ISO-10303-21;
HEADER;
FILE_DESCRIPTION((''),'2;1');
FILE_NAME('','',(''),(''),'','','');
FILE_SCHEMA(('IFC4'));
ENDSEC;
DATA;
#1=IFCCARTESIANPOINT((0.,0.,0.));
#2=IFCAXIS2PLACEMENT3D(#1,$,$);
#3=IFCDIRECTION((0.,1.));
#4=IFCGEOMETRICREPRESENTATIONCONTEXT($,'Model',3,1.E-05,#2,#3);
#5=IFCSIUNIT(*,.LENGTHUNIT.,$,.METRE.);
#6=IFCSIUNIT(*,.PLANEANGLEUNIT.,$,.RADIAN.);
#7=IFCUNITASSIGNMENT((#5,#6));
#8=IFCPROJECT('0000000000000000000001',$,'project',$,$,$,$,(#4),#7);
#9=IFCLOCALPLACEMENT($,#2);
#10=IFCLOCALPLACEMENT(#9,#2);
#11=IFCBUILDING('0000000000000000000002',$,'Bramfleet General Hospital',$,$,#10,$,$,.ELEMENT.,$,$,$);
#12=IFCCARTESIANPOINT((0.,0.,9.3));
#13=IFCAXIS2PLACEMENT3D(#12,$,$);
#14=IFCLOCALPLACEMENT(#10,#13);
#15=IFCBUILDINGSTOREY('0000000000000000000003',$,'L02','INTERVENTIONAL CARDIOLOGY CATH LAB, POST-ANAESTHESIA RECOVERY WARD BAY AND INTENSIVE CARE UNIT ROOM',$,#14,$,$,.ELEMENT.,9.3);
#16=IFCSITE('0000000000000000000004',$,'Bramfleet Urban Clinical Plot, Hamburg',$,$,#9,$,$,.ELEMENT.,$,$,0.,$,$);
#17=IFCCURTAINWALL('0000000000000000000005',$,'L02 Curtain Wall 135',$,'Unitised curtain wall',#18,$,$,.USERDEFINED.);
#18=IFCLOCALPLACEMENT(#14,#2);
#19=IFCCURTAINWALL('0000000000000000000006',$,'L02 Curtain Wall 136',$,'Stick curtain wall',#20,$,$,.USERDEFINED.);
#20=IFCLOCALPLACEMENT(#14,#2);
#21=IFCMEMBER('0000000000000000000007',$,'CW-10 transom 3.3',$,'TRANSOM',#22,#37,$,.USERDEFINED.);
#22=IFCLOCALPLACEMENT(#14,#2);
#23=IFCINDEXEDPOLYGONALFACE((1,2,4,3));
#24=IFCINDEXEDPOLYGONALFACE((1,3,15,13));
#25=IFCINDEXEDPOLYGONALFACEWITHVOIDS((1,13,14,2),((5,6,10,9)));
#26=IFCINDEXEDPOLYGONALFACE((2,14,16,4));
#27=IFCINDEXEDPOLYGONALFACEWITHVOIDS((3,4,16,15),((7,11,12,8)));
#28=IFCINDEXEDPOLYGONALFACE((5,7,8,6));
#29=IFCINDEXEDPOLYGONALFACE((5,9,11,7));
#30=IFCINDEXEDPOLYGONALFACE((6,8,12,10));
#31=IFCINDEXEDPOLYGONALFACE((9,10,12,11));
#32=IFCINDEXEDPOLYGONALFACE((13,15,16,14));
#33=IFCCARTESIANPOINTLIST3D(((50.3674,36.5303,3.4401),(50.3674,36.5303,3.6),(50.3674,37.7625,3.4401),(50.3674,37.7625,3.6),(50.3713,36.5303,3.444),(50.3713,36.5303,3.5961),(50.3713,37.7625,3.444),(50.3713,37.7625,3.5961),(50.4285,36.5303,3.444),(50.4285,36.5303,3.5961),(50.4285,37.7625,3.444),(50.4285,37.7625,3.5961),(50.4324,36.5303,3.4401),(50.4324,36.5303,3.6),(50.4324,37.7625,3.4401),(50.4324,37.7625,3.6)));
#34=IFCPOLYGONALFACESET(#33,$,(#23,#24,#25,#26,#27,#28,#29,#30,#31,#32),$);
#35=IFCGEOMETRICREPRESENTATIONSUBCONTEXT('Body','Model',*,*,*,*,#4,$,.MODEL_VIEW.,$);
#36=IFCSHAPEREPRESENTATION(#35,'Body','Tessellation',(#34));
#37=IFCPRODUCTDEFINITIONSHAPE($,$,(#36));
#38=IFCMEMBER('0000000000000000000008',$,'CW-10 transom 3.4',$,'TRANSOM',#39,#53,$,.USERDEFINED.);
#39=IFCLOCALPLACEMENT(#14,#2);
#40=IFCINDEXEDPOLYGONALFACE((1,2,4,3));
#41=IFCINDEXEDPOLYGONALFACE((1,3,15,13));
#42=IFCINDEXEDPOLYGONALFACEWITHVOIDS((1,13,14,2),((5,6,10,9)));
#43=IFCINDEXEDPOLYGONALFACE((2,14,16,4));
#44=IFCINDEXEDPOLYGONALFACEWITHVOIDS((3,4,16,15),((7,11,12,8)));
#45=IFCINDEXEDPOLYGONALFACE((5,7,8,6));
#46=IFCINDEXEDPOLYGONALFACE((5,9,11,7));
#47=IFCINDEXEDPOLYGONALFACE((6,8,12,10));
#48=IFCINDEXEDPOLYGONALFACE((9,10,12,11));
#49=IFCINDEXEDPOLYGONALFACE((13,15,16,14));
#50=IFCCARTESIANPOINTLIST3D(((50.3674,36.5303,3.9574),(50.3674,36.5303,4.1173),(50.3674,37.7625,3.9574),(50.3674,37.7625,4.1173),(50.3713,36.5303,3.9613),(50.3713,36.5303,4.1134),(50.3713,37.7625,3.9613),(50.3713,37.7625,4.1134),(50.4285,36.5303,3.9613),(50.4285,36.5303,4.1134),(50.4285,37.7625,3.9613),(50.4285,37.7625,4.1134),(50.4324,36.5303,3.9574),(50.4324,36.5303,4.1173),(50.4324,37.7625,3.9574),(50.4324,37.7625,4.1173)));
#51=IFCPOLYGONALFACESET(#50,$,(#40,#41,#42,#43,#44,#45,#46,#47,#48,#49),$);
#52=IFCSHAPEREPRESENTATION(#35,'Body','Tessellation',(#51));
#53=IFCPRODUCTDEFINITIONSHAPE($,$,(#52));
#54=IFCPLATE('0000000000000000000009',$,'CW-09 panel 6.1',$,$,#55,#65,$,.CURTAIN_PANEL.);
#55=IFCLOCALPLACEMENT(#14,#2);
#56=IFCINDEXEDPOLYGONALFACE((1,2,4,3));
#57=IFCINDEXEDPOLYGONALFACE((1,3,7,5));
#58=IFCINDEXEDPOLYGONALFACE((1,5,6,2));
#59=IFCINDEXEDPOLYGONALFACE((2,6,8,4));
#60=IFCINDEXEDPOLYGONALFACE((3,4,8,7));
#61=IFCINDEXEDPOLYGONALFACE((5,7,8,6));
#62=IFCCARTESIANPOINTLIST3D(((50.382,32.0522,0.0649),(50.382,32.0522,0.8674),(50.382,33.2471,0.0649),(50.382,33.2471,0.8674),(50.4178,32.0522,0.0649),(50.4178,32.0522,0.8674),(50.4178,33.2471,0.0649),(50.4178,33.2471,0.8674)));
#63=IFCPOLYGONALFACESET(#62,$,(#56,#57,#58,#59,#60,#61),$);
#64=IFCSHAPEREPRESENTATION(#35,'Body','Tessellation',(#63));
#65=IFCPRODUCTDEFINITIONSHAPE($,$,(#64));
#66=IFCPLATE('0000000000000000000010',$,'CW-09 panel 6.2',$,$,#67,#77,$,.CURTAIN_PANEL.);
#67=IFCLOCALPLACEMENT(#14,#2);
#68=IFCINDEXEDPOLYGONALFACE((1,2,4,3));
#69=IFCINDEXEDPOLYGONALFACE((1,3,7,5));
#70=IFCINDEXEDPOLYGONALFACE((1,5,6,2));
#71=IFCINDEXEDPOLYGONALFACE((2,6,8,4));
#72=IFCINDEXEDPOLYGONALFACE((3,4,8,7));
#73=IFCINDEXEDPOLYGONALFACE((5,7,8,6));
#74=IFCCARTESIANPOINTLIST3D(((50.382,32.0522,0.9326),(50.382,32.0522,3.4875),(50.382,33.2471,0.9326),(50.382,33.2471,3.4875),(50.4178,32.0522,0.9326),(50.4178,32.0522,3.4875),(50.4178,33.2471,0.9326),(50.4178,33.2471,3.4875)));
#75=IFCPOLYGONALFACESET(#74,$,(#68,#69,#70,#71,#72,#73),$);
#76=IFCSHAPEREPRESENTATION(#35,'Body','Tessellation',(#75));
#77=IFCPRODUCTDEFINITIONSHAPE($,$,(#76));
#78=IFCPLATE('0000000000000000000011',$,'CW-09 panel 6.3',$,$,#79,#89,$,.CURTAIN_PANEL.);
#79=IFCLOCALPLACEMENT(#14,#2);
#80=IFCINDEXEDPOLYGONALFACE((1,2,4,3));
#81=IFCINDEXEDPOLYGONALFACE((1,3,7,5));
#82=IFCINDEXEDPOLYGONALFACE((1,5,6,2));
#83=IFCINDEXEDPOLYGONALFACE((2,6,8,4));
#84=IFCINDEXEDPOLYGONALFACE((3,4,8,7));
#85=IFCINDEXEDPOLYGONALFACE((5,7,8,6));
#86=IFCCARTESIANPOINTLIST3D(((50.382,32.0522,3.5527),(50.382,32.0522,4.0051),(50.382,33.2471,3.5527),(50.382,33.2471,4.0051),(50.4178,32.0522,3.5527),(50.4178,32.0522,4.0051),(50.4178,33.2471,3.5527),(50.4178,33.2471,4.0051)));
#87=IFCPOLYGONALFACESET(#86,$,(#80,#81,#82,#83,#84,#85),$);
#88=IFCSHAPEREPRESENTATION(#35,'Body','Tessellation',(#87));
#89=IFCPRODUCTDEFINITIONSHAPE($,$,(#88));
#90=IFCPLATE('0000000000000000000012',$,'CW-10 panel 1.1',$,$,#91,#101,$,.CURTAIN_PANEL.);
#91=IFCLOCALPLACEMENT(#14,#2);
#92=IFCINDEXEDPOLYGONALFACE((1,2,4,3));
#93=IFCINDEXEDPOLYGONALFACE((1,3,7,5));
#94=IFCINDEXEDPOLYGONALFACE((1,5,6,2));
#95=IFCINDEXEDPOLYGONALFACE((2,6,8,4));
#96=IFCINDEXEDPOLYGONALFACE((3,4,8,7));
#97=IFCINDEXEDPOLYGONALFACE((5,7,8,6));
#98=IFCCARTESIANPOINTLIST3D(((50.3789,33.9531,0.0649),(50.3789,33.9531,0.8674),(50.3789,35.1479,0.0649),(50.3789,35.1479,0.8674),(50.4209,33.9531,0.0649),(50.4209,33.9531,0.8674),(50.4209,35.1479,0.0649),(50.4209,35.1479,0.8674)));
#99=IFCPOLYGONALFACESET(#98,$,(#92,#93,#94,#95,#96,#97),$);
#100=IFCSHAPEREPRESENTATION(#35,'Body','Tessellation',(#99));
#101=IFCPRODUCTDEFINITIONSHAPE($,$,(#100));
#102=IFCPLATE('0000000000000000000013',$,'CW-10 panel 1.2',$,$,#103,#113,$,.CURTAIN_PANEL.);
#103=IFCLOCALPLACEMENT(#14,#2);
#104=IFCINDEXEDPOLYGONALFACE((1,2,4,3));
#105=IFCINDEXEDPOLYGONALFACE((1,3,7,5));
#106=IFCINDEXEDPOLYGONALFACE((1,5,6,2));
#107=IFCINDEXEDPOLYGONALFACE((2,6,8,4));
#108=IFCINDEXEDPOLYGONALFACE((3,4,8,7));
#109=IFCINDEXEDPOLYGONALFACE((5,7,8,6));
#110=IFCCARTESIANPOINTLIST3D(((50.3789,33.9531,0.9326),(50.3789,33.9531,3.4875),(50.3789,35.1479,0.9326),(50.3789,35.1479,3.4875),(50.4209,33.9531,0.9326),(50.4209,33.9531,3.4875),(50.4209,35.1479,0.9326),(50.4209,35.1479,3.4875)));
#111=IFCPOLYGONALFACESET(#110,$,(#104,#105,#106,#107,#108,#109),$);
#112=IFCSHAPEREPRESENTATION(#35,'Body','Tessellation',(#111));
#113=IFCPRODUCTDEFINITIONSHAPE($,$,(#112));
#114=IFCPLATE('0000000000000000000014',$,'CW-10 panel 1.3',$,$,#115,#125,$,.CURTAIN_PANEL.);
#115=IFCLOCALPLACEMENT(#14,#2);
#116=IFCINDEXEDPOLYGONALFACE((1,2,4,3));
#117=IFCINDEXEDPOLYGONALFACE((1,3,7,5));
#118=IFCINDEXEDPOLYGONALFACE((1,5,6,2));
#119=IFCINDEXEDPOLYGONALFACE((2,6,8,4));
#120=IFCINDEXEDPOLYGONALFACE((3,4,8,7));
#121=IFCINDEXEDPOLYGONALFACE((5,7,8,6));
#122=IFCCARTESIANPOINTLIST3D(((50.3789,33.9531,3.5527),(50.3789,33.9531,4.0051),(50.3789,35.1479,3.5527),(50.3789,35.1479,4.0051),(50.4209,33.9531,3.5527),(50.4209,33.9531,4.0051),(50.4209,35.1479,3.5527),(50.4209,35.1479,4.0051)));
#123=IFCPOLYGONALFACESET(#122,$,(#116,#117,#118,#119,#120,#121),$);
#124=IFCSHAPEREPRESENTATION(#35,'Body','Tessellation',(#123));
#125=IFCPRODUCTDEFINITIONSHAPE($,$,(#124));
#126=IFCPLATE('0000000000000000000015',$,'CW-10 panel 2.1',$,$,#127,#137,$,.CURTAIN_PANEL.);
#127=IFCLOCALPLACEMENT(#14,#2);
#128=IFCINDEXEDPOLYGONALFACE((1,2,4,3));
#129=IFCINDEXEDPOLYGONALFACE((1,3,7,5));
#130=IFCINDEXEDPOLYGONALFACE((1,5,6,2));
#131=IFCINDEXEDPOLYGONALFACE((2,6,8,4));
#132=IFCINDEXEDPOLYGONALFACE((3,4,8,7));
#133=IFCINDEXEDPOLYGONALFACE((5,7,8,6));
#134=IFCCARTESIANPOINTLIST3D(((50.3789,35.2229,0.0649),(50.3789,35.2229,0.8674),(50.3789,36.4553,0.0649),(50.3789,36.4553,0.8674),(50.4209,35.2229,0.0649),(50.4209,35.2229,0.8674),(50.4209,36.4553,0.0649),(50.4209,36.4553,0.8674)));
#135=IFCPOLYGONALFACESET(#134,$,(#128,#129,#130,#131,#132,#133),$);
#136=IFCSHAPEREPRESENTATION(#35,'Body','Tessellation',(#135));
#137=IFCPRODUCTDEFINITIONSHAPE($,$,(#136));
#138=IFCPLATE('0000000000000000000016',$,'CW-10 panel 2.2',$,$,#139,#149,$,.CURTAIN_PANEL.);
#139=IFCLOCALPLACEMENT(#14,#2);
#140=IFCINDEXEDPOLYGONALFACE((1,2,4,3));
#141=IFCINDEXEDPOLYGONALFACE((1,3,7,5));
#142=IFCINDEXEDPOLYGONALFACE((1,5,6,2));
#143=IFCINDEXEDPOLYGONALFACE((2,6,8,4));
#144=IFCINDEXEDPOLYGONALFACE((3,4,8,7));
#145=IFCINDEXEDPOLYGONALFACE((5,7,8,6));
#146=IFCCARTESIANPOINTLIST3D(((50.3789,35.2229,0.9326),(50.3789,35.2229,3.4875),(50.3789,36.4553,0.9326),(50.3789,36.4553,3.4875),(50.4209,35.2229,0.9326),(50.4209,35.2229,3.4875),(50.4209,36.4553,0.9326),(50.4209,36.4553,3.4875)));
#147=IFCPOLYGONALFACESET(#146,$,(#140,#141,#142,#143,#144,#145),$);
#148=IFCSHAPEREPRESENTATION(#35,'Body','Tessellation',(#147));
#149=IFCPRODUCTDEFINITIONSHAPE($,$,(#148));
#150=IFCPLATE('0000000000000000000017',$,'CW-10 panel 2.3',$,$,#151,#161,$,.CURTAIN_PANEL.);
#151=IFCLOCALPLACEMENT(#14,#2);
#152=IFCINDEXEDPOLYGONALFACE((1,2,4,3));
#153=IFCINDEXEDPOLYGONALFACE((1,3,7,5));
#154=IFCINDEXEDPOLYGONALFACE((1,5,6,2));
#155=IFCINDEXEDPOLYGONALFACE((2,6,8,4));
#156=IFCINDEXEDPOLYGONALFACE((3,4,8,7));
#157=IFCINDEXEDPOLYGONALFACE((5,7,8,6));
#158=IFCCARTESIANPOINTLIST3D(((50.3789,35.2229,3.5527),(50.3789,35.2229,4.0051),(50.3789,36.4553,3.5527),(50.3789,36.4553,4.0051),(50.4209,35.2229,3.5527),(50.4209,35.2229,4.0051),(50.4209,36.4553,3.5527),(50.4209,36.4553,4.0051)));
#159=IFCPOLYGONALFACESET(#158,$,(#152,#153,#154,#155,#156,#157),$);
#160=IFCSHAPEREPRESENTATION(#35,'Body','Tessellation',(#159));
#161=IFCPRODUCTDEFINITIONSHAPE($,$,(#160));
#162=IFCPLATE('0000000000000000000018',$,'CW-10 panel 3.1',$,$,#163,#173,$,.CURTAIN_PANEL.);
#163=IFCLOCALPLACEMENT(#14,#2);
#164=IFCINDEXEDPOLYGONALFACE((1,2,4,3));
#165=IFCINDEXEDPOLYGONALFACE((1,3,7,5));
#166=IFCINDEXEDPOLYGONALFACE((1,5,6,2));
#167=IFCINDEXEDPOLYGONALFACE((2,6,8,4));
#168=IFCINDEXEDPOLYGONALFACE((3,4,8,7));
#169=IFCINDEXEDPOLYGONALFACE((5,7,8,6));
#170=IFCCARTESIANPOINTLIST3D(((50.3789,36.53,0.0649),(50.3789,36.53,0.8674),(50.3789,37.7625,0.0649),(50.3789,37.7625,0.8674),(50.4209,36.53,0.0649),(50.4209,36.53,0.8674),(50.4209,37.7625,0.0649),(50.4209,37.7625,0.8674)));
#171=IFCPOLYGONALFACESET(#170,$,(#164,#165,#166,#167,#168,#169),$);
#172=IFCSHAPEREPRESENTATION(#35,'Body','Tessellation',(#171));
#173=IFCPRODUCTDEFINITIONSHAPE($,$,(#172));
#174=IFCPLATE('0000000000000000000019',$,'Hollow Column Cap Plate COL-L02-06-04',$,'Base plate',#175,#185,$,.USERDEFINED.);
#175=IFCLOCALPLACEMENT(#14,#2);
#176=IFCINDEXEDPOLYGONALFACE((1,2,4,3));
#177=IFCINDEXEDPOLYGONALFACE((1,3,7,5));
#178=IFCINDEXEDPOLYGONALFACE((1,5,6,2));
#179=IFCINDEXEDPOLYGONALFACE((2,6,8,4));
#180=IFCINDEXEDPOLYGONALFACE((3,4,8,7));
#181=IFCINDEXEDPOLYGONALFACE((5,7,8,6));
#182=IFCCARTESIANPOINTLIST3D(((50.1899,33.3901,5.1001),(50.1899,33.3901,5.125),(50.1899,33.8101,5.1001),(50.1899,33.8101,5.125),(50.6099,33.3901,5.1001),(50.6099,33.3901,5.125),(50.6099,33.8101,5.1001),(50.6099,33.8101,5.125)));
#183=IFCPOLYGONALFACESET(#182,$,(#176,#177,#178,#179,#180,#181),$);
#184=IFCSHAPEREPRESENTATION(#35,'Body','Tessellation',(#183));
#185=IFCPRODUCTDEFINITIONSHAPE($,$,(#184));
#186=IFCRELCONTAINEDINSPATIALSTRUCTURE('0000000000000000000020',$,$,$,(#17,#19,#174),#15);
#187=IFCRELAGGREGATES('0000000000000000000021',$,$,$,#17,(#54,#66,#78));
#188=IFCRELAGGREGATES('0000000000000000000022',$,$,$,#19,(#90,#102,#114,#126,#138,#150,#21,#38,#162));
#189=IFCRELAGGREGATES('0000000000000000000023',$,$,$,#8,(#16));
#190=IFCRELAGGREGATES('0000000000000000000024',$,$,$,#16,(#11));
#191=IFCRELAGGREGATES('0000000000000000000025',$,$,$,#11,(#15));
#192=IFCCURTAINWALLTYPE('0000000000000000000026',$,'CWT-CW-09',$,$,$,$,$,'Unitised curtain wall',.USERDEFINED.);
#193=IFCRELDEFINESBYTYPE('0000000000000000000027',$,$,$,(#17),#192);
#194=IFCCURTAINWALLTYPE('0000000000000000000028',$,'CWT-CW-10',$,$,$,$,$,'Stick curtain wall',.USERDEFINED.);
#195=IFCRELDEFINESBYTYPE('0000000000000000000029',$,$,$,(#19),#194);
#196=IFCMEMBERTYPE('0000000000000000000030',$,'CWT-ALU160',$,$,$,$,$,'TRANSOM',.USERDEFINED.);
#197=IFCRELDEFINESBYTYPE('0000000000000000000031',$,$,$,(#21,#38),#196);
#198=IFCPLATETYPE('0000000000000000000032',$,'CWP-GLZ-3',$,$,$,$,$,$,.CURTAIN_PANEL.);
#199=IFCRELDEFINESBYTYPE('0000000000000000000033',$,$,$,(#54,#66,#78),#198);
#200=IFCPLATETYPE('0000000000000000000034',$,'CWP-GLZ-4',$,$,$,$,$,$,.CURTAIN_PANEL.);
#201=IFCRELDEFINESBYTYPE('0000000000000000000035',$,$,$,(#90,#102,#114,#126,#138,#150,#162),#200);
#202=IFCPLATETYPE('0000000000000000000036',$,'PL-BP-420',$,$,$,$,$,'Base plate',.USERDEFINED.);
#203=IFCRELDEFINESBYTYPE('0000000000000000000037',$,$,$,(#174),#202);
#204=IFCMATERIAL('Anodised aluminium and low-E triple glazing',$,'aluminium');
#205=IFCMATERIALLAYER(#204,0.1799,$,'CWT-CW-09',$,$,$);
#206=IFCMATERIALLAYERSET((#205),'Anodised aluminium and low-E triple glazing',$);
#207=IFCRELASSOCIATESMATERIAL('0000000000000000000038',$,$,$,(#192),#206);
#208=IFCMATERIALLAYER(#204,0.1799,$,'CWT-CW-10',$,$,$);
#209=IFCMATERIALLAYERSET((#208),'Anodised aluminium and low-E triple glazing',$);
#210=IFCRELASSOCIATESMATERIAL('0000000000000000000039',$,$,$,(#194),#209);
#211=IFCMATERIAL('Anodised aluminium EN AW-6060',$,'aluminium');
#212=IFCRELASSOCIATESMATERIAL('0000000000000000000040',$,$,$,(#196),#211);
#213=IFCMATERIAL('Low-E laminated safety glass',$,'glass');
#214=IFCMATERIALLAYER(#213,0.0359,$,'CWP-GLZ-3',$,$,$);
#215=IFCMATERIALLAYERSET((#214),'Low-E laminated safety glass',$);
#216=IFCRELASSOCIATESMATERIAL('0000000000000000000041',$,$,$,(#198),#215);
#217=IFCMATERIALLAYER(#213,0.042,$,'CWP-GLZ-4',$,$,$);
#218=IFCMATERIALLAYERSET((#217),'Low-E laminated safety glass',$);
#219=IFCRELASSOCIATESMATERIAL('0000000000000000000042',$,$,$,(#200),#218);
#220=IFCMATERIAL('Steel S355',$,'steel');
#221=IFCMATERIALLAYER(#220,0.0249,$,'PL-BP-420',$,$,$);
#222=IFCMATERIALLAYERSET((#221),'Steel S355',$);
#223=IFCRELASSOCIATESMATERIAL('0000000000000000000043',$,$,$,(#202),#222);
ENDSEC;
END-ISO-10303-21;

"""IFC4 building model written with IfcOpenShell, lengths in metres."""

from ifc_helpers import new_model, si_unit, direction, frame, origin, origin_2d, place, context, subcontext, project, spatial, rectangle, hollow_rectangle, extrude, material, layer, layer_set, material_profile, profile_set, type_object, element, aggregate, save


model = new_model("IFC4")

# Units and contexts
model_context = context("Model", 3, precision=1e-05, world=origin(), true_north=direction((0.0, 1.0)))
body_context = subcontext(model_context, "Body", "Model", "MODEL_VIEW")
ifc_project = project(units=[si_unit("LENGTHUNIT", "METRE"), si_unit("PLANEANGLEUNIT", "RADIAN")], contexts=[model_context])

# Site, building, storey
site_placement = place(None, origin())
site = spatial("IfcSite", under=ifc_project, at=site_placement, Name="Bramfleet Urban Clinical Plot, Hamburg", CompositionType="ELEMENT", RefElevation=0.0)
building_placement = place(site_placement, origin())
building = spatial("IfcBuilding", under=site, at=building_placement, Name="Bramfleet General Hospital", CompositionType="ELEMENT")
storey_placement = place(building_placement, frame((0.0, 0.0, 9.3)))
storey = spatial("IfcBuildingStorey", under=building, at=storey_placement, Name="L02", Description="INTERVENTIONAL CARDIOLOGY CATH LAB, POST-ANAESTHESIA RECOVERY WARD BAY AND INTENSIVE CARE UNIT ROOM", CompositionType="ELEMENT", Elevation=9.3)

# Shared definitions
ifc_material_1 = material(Name="Steel S355", Category="steel")

# Curtain wall
ifc_material_2 = material(Name="Anodised aluminium and low-E triple glazing", Category="aluminium")
ifc_layer_1 = layer(ifc_material_2, 0.1799, Name="CWT-CW-09")
ifc_layer_set_1 = layer_set([ifc_layer_1], Name="Anodised aluminium and low-E triple glazing")
curtain_wall_type_1 = type_object("IfcCurtainWallType", Name="CWT-CW-09", ElementType="Unitised curtain wall", PredefinedType="USERDEFINED", material=ifc_layer_set_1)
curtain_wall_1_placement = place(storey_placement, origin())
curtain_wall_1 = element("IfcCurtainWall", 1, at=curtain_wall_1_placement, inside=storey, type_object=curtain_wall_type_1, Name="L02 Curtain Wall 135", ObjectType="Unitised curtain wall", PredefinedType="USERDEFINED")
ifc_material_3 = material(Name="Anodised aluminium EN AW-6060", Category="aluminium")

# Curtain wall
ifc_layer_2 = layer(ifc_material_2, 0.1799, Name="CWT-CW-10")
ifc_layer_set_2 = layer_set([ifc_layer_2], Name="Anodised aluminium and low-E triple glazing")
curtain_wall_type_2 = type_object("IfcCurtainWallType", Name="CWT-CW-10", ElementType="Stick curtain wall", PredefinedType="USERDEFINED", material=ifc_layer_set_2)
curtain_wall_2_placement = place(storey_placement, origin())
curtain_wall_2 = element("IfcCurtainWall", 2, at=curtain_wall_2_placement, inside=storey, type_object=curtain_wall_type_2, Name="L02 Curtain Wall 136", ObjectType="Stick curtain wall", PredefinedType="USERDEFINED")

# Members
ifc_material_profile_1 = material_profile(ifc_material_3, hollow_rectangle(XDim=0.0649, YDim=0.1599, WallThickness=0.0039, at=origin_2d()), Name="ALU 160x65x4.0")
ifc_profile_set_1 = profile_set([ifc_material_profile_1], Name="Anodised aluminium EN AW-6060")
member_type_1 = type_object("IfcMemberType", Name="CWT-ALU160", ElementType="TRANSOM", PredefinedType="USERDEFINED", material=ifc_profile_set_1)
member_1_placement = place(storey_placement, frame((50.3999, 36.5303, 3.52), z_axis=(0.0, 1.0, 0.0), x_axis=(-1.0, 0.0, 0.0)))
member_1 = element("IfcMember", 3, at=member_1_placement, type_object=member_type_1, Name="CW-10 transom 3.3", ObjectType="TRANSOM", PredefinedType="USERDEFINED", context=body_context, shape_type="SweptSolid", body=[
    extrude(hollow_rectangle(XDim=0.0649, YDim=0.1599, WallThickness=0.0039, at=origin_2d()), origin(), (0.0, 0.0, 1.0), 1.2322),
])
member_2_placement = place(storey_placement, frame((50.3999, 36.5303, 4.0374), z_axis=(0.0, 1.0, 0.0), x_axis=(-1.0, 0.0, 0.0)))
member_2 = element("IfcMember", 4, at=member_2_placement, type_object=member_type_1, Name="CW-10 transom 3.4", ObjectType="TRANSOM", PredefinedType="USERDEFINED", context=body_context, shape_type="SweptSolid", body=[
    extrude(hollow_rectangle(XDim=0.0649, YDim=0.1599, WallThickness=0.0039, at=origin_2d()), origin(), (0.0, 0.0, 1.0), 1.2322),
])

# Plates
ifc_material_4 = material(Name="Low-E laminated safety glass", Category="glass")
ifc_layer_3 = layer(ifc_material_4, 0.0359, Name="CWP-GLZ-3")
ifc_layer_set_3 = layer_set([ifc_layer_3], Name="Low-E laminated safety glass")
plate_type_1 = type_object("IfcPlateType", Name="CWP-GLZ-3", PredefinedType="CURTAIN_PANEL", material=ifc_layer_set_3)
plate_1_placement = place(storey_placement, frame((50.3999, 32.6497, 0.0649), z_axis=(0.0, 0.0, 1.0), x_axis=(0.0, 1.0, 0.0)))
plate_1 = element("IfcPlate", 5, at=plate_1_placement, type_object=plate_type_1, Name="CW-09 panel 6.1", PredefinedType="CURTAIN_PANEL", context=body_context, shape_type="SweptSolid", body=[
    extrude(rectangle(XDim=1.1948, YDim=0.0359, at=origin_2d()), origin(), (0.0, 0.0, 1.0), 0.8025),
])
plate_2_placement = place(storey_placement, frame((50.3999, 32.6497, 0.9326), z_axis=(0.0, 0.0, 1.0), x_axis=(0.0, 1.0, 0.0)))
plate_2 = element("IfcPlate", 6, at=plate_2_placement, type_object=plate_type_1, Name="CW-09 panel 6.2", PredefinedType="CURTAIN_PANEL", context=body_context, shape_type="SweptSolid", body=[
    extrude(rectangle(XDim=1.1948, YDim=0.0359, at=origin_2d()), origin(), (0.0, 0.0, 1.0), 2.5549),
])
plate_3_placement = place(storey_placement, frame((50.3999, 32.6497, 3.5527), z_axis=(0.0, 0.0, 1.0), x_axis=(0.0, 1.0, 0.0)))
plate_3 = element("IfcPlate", 7, at=plate_3_placement, type_object=plate_type_1, Name="CW-09 panel 6.3", PredefinedType="CURTAIN_PANEL", context=body_context, shape_type="SweptSolid", body=[
    extrude(rectangle(XDim=1.1948, YDim=0.0359, at=origin_2d()), origin(), (0.0, 0.0, 1.0), 0.4524),
])
aggregate(curtain_wall_1, [plate_1, plate_2, plate_3])
ifc_layer_4 = layer(ifc_material_4, 0.042, Name="CWP-GLZ-4")
ifc_layer_set_4 = layer_set([ifc_layer_4], Name="Low-E laminated safety glass")
plate_type_2 = type_object("IfcPlateType", Name="CWP-GLZ-4", PredefinedType="CURTAIN_PANEL", material=ifc_layer_set_4)
plate_4_placement = place(storey_placement, frame((50.3999, 34.5505, 0.0649), z_axis=(0.0, 0.0, 1.0), x_axis=(0.0, 1.0, 0.0)))
plate_4 = element("IfcPlate", 8, at=plate_4_placement, type_object=plate_type_2, Name="CW-10 panel 1.1", PredefinedType="CURTAIN_PANEL", context=body_context, shape_type="SweptSolid", body=[
    extrude(rectangle(XDim=1.1948, YDim=0.042, at=origin_2d()), origin(), (0.0, 0.0, 1.0), 0.8025),
])
plate_5_placement = place(storey_placement, frame((50.3999, 34.5505, 0.9326), z_axis=(0.0, 0.0, 1.0), x_axis=(0.0, 1.0, 0.0)))
plate_5 = element("IfcPlate", 9, at=plate_5_placement, type_object=plate_type_2, Name="CW-10 panel 1.2", PredefinedType="CURTAIN_PANEL", context=body_context, shape_type="SweptSolid", body=[
    extrude(rectangle(XDim=1.1948, YDim=0.042, at=origin_2d()), origin(), (0.0, 0.0, 1.0), 2.5549),
])
plate_6_placement = place(storey_placement, frame((50.3999, 34.5505, 3.5527), z_axis=(0.0, 0.0, 1.0), x_axis=(0.0, 1.0, 0.0)))
plate_6 = element("IfcPlate", 10, at=plate_6_placement, type_object=plate_type_2, Name="CW-10 panel 1.3", PredefinedType="CURTAIN_PANEL", context=body_context, shape_type="SweptSolid", body=[
    extrude(rectangle(XDim=1.1948, YDim=0.042, at=origin_2d()), origin(), (0.0, 0.0, 1.0), 0.4524),
])
plate_7_placement = place(storey_placement, frame((50.3999, 35.8391, 0.0649), z_axis=(0.0, 0.0, 1.0), x_axis=(0.0, 1.0, 0.0)))
plate_7 = element("IfcPlate", 11, at=plate_7_placement, type_object=plate_type_2, Name="CW-10 panel 2.1", PredefinedType="CURTAIN_PANEL", context=body_context, shape_type="SweptSolid", body=[
    extrude(rectangle(XDim=1.2324, YDim=0.042, at=origin_2d()), origin(), (0.0, 0.0, 1.0), 0.8025),
])
plate_8_placement = place(storey_placement, frame((50.3999, 35.8391, 0.9326), z_axis=(0.0, 0.0, 1.0), x_axis=(0.0, 1.0, 0.0)))
plate_8 = element("IfcPlate", 12, at=plate_8_placement, type_object=plate_type_2, Name="CW-10 panel 2.2", PredefinedType="CURTAIN_PANEL", context=body_context, shape_type="SweptSolid", body=[
    extrude(rectangle(XDim=1.2324, YDim=0.042, at=origin_2d()), origin(), (0.0, 0.0, 1.0), 2.5549),
])
plate_9_placement = place(storey_placement, frame((50.3999, 35.8391, 3.5527), z_axis=(0.0, 0.0, 1.0), x_axis=(0.0, 1.0, 0.0)))
plate_9 = element("IfcPlate", 13, at=plate_9_placement, type_object=plate_type_2, Name="CW-10 panel 2.3", PredefinedType="CURTAIN_PANEL", context=body_context, shape_type="SweptSolid", body=[
    extrude(rectangle(XDim=1.2324, YDim=0.042, at=origin_2d()), origin(), (0.0, 0.0, 1.0), 0.4524),
])
plate_10_placement = place(storey_placement, frame((50.3999, 37.1462, 0.0649), z_axis=(0.0, 0.0, 1.0), x_axis=(0.0, 1.0, 0.0)))
plate_10 = element("IfcPlate", 14, at=plate_10_placement, type_object=plate_type_2, Name="CW-10 panel 3.1", PredefinedType="CURTAIN_PANEL", context=body_context, shape_type="SweptSolid", body=[
    extrude(rectangle(XDim=1.2324, YDim=0.042, at=origin_2d()), origin(), (0.0, 0.0, 1.0), 0.8025),
])
aggregate(curtain_wall_2, [plate_4, plate_5, plate_6, plate_7, plate_8, plate_9, member_1, member_2, plate_10])
ifc_layer_5 = layer(ifc_material_1, 0.0249, Name="PL-BP-420")
ifc_layer_set_5 = layer_set([ifc_layer_5], Name="Steel S355")
plate_type_3 = type_object("IfcPlateType", Name="PL-BP-420", ElementType="Base plate", PredefinedType="USERDEFINED", material=ifc_layer_set_5)
plate_11_placement = place(storey_placement, frame((50.3999, 33.6001, 5.1001), z_axis=(0.0, 0.0, 1.0), x_axis=(1.0, 0.0, 0.0)))
element("IfcPlate", 15, at=plate_11_placement, inside=storey, type_object=plate_type_3, Name="Hollow Column Cap Plate COL-L02-06-04", ObjectType="Base plate", PredefinedType="USERDEFINED", context=body_context, shape_type="SweptSolid", body=[
    extrude(rectangle(XDim=0.4199, YDim=0.4199, at=origin_2d()), origin(), (0.0, 0.0, 1.0), 0.0249),
])

save(model, "model.ifc")
